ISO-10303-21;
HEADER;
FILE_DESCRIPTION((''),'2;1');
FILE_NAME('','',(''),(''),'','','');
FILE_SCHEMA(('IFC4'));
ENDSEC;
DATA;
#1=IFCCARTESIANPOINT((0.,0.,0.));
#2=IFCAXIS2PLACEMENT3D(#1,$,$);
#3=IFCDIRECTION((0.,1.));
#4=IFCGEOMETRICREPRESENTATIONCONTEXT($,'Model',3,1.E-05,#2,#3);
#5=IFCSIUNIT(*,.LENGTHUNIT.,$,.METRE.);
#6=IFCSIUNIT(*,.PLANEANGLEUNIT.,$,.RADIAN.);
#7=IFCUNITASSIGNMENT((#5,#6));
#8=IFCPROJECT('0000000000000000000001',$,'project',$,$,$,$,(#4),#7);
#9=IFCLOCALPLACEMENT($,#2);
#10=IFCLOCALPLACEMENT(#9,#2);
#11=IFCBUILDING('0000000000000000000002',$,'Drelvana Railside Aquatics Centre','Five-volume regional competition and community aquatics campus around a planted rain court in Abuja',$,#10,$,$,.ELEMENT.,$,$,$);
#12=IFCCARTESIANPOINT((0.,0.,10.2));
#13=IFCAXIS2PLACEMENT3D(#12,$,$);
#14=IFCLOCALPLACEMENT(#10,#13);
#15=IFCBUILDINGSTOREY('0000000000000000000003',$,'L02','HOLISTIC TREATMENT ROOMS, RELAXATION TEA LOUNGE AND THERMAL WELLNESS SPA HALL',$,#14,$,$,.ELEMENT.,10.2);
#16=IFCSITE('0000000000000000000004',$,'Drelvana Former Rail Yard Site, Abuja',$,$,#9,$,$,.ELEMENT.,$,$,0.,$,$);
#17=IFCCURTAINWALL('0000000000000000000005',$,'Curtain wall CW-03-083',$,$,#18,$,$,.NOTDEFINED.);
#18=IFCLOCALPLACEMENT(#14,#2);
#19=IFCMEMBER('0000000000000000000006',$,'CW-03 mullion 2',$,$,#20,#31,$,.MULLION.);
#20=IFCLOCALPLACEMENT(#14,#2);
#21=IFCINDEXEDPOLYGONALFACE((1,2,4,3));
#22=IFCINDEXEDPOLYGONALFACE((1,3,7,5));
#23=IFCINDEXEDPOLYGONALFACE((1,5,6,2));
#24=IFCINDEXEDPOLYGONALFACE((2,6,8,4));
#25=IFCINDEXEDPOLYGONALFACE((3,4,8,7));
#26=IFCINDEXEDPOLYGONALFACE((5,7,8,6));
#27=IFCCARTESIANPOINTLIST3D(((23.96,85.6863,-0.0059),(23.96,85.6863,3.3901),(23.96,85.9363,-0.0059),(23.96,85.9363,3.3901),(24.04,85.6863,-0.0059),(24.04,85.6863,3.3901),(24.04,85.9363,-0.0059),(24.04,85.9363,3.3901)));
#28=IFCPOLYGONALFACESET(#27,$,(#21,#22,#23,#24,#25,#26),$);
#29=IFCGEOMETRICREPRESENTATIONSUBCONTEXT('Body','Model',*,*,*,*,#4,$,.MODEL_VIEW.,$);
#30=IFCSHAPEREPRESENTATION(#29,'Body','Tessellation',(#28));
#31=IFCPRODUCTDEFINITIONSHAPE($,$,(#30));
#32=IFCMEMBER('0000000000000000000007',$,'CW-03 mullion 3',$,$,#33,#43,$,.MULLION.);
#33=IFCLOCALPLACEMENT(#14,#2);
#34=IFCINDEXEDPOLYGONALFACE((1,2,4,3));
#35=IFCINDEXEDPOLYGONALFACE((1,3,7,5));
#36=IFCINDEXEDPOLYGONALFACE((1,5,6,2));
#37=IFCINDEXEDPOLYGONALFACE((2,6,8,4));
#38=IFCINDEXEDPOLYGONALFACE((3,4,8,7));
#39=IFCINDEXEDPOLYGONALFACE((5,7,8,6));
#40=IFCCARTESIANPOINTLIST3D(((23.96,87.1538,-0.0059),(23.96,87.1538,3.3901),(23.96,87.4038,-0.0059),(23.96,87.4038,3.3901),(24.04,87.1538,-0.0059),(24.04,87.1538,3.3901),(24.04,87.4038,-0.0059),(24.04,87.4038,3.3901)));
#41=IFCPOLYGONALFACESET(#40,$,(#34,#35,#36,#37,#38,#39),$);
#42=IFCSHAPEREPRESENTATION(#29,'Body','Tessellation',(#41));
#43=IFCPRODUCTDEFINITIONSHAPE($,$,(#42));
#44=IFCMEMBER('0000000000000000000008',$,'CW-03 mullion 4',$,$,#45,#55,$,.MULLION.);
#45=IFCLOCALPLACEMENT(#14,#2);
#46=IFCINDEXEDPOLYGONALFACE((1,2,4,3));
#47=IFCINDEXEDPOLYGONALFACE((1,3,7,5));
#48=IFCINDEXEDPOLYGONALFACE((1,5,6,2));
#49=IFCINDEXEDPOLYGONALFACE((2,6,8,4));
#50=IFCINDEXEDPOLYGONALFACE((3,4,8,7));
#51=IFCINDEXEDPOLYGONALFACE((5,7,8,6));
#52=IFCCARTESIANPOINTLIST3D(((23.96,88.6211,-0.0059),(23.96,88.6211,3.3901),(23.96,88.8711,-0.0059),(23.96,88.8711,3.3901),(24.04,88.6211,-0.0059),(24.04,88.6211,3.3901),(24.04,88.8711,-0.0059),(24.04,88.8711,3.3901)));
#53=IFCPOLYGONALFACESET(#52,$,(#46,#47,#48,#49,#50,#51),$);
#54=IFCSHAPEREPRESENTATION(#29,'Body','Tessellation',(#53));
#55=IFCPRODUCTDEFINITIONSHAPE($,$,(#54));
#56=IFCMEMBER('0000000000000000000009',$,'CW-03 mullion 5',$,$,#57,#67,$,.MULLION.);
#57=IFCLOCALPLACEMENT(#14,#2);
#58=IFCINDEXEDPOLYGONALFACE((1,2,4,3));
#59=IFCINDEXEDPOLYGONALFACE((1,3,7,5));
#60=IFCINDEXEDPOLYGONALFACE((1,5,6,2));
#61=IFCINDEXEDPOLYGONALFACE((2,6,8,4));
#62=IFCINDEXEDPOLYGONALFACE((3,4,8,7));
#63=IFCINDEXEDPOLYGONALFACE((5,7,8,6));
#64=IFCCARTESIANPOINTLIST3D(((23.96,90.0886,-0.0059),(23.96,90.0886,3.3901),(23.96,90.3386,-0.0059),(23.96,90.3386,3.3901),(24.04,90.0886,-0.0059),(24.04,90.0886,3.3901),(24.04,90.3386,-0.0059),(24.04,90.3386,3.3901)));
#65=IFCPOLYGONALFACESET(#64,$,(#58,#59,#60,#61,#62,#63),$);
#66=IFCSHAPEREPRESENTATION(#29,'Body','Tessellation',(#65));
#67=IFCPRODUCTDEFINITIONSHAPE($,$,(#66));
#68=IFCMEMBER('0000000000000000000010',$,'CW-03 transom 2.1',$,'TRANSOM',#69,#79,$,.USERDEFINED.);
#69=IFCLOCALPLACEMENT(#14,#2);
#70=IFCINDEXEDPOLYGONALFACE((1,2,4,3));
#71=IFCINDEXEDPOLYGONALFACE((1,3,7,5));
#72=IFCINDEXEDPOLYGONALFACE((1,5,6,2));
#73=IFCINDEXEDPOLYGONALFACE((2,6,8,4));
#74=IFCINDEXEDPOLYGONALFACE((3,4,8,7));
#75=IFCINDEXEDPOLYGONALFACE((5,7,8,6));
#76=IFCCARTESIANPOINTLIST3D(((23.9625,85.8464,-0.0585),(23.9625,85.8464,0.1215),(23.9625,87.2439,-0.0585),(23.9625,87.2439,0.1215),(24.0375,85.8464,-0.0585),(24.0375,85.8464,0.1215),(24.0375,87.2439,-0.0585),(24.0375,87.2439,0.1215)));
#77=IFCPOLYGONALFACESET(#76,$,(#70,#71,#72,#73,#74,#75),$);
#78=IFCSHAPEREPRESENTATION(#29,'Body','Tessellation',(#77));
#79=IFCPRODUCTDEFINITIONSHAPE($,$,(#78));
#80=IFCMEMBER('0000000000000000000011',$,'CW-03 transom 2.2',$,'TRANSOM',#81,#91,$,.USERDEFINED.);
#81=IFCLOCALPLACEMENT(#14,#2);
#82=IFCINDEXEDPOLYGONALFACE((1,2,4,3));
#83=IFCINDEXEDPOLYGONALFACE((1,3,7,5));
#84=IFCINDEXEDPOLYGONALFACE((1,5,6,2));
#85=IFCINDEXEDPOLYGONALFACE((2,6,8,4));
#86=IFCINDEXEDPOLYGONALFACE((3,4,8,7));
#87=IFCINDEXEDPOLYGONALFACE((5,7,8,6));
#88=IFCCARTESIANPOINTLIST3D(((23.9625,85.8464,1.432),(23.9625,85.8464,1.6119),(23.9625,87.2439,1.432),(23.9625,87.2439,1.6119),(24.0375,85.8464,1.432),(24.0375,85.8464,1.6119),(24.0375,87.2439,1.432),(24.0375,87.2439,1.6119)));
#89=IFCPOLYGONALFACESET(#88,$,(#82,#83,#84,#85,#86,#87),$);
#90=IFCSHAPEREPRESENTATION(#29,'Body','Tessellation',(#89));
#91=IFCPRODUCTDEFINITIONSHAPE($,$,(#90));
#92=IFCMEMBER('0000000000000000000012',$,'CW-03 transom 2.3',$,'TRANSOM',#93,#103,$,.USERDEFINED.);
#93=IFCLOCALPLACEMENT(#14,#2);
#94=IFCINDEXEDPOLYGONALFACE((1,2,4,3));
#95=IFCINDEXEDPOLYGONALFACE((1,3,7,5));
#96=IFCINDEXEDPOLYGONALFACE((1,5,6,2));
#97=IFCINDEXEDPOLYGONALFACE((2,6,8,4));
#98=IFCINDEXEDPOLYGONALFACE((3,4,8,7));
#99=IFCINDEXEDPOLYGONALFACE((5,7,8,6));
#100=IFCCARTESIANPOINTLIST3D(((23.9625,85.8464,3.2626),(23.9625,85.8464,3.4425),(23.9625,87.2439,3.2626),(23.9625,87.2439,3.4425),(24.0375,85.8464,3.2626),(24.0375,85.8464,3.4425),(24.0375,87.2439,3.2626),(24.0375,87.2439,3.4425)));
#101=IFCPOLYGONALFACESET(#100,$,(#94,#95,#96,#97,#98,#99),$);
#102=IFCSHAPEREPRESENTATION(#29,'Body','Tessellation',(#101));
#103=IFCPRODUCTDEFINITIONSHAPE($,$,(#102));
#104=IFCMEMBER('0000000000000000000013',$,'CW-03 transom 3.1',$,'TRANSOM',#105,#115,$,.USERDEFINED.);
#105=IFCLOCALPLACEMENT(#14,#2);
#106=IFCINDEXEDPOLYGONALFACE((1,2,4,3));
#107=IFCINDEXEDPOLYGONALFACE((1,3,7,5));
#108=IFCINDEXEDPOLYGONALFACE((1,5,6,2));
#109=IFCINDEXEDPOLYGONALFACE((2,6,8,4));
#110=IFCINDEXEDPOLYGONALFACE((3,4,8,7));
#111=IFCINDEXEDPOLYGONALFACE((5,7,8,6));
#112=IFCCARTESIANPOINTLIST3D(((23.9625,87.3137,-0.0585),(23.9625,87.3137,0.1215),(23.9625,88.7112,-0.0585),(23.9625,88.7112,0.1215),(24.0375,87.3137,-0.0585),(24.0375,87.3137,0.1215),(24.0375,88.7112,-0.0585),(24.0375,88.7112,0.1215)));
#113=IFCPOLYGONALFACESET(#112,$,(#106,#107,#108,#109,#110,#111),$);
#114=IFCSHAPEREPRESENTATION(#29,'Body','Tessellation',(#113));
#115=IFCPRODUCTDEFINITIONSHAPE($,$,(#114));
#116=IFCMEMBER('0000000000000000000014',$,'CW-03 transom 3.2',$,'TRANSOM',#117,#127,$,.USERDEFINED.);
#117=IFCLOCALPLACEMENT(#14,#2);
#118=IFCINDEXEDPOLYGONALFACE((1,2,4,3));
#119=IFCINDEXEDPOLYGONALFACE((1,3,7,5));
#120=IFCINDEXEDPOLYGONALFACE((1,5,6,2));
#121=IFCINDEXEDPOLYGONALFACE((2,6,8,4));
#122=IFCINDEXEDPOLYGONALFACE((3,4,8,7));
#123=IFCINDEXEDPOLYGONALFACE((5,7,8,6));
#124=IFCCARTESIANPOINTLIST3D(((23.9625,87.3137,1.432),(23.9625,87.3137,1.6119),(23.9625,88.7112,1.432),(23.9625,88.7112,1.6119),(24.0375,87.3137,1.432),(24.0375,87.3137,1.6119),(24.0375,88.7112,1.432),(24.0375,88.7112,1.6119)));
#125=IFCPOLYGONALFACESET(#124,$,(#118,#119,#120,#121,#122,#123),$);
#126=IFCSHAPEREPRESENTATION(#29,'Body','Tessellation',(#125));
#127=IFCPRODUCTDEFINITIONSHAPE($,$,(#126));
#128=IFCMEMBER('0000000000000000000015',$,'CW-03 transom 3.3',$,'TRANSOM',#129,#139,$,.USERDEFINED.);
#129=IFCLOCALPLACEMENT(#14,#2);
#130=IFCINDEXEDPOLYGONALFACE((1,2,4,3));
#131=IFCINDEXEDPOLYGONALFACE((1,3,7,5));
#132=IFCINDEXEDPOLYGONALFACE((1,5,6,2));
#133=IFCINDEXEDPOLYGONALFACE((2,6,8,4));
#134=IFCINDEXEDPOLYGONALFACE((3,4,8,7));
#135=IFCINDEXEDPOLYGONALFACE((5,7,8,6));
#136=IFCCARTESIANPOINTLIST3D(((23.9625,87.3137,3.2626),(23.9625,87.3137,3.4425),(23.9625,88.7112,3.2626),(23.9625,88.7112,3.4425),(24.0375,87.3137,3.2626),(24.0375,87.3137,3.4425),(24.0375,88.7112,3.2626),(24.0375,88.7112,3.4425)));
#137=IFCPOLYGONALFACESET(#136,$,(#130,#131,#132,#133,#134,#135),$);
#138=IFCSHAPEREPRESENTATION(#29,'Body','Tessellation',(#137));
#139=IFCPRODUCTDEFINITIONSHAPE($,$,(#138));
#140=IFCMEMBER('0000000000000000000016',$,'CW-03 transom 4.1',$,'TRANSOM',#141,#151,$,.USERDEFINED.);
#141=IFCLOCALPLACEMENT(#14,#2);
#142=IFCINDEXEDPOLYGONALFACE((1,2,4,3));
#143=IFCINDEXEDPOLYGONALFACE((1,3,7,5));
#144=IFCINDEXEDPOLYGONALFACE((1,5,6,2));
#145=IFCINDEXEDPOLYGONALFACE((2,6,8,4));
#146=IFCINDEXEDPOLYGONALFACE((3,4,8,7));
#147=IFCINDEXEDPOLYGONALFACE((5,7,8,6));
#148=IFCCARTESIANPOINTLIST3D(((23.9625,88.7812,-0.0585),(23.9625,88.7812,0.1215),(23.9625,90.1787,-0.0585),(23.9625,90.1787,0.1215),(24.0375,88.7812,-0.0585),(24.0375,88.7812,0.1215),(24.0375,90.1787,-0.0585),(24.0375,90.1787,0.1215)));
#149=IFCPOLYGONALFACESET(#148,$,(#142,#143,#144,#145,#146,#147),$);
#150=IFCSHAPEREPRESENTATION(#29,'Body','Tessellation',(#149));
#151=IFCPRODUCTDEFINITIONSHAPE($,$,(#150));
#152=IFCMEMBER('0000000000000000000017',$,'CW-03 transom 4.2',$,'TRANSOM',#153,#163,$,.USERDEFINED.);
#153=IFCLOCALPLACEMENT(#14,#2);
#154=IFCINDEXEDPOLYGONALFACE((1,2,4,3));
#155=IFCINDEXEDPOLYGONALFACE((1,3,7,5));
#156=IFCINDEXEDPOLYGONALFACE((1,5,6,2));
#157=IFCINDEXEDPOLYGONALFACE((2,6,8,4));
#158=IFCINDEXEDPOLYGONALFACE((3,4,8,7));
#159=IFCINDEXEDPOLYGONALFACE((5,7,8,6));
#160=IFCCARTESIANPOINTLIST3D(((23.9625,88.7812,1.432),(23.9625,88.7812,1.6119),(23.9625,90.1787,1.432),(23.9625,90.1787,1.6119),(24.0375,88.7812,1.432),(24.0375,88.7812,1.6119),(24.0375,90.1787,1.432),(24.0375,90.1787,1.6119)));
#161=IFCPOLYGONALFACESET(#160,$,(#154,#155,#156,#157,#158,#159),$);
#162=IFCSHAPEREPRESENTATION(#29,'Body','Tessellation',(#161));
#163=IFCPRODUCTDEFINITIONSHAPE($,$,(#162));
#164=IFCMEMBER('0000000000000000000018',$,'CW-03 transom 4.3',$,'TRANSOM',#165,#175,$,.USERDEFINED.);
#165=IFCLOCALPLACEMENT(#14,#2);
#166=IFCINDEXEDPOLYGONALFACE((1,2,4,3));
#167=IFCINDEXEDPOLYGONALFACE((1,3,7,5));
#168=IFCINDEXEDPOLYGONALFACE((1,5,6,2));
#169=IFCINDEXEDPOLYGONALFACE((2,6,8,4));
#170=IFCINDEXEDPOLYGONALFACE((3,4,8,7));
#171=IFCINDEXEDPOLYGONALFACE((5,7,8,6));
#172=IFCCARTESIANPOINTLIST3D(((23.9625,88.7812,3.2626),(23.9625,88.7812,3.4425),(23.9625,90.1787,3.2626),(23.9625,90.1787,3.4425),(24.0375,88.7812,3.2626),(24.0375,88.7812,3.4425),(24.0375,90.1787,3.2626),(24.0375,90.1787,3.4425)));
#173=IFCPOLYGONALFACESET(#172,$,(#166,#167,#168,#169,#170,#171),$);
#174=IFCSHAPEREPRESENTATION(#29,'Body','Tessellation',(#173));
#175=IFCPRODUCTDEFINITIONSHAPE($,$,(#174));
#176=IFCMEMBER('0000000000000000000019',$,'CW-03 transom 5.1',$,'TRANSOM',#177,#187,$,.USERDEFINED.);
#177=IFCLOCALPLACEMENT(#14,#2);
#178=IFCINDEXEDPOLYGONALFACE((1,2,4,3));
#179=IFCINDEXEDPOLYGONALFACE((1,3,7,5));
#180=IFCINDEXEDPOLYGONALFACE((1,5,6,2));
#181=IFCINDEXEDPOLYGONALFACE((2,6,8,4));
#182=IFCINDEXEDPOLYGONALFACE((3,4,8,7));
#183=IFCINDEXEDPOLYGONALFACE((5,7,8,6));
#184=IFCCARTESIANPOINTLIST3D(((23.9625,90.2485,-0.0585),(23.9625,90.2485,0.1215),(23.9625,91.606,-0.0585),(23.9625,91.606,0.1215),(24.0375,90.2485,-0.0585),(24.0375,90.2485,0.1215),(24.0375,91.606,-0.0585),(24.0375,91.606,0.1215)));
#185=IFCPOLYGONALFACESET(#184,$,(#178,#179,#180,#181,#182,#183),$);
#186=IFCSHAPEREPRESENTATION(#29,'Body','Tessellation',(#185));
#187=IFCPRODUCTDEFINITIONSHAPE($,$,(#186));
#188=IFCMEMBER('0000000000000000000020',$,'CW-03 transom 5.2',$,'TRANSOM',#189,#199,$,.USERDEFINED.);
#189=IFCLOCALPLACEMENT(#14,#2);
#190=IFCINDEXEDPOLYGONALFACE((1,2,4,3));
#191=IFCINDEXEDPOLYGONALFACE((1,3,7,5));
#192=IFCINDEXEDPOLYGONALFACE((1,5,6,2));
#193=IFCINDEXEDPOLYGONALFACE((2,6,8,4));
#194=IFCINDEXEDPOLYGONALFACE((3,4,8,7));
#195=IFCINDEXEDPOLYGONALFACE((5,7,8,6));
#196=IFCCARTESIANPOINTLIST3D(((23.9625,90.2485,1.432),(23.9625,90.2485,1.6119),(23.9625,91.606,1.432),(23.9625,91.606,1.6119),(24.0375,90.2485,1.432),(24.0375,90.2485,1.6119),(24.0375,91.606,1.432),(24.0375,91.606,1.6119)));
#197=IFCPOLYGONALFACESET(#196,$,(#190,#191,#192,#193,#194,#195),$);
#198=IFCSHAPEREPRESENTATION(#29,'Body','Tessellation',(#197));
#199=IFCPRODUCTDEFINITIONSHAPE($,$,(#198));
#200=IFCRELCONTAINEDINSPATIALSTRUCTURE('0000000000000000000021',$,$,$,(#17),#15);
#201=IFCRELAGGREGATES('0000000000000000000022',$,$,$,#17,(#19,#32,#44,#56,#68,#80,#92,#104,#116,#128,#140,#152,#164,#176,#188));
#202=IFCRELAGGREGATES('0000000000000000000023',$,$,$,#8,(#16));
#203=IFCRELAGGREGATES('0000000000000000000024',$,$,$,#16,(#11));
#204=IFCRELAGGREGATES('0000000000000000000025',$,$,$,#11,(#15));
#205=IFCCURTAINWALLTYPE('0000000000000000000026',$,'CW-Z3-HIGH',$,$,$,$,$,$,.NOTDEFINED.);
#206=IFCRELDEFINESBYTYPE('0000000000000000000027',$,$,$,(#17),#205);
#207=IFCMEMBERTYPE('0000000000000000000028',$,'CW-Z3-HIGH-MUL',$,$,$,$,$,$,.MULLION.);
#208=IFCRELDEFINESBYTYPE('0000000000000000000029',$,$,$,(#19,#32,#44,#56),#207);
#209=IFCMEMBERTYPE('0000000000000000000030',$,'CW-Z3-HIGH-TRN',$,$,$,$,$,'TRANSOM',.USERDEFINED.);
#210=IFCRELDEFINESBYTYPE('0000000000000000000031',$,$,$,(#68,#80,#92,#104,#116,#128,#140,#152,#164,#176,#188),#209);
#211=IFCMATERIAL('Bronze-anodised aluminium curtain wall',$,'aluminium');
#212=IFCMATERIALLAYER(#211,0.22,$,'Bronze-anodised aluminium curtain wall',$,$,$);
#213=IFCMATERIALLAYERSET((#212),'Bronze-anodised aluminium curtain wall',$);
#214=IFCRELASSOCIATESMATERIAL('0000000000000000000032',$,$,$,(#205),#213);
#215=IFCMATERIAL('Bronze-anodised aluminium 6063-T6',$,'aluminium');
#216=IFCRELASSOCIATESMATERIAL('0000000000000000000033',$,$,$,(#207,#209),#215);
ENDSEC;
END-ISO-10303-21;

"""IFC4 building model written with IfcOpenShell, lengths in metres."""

from ifc_helpers import new_model, si_unit, direction, frame, origin, origin_2d, place, context, subcontext, project, spatial, rectangle, extrude, material, layer, layer_set, material_profile, profile_set, type_object, element, aggregate, save


model = new_model("IFC4")

# Units and contexts
model_context = context("Model", 3, precision=1e-05, world=origin(), true_north=direction((0.0, 1.0)))
body_context = subcontext(model_context, "Body", "Model", "MODEL_VIEW")
ifc_project = project(units=[si_unit("LENGTHUNIT", "METRE"), si_unit("PLANEANGLEUNIT", "RADIAN")], contexts=[model_context])

# Site, building, storey
site_placement = place(None, origin())
site = spatial("IfcSite", under=ifc_project, at=site_placement, Name="Drelvana Former Rail Yard Site, Abuja", CompositionType="ELEMENT", RefElevation=0.0)
building_placement = place(site_placement, origin())
building = spatial("IfcBuilding", under=site, at=building_placement, Name="Drelvana Railside Aquatics Centre", Description="Five-volume regional competition and community aquatics campus around a planted rain court in Abuja", CompositionType="ELEMENT")
storey_placement = place(building_placement, frame((0.0, 0.0, 10.2)))
storey = spatial("IfcBuildingStorey", under=building, at=storey_placement, Name="L02", Description="HOLISTIC TREATMENT ROOMS, RELAXATION TEA LOUNGE AND THERMAL WELLNESS SPA HALL", CompositionType="ELEMENT", Elevation=10.2)

# Curtain wall, members
ifc_material_1 = material(Name="Bronze-anodised aluminium curtain wall", Category="aluminium")
ifc_layer_1 = layer(ifc_material_1, 0.22, Name="Bronze-anodised aluminium curtain wall")
ifc_layer_set_1 = layer_set([ifc_layer_1], Name="Bronze-anodised aluminium curtain wall")
curtain_wall_type = type_object("IfcCurtainWallType", Name="CW-Z3-HIGH", PredefinedType="NOTDEFINED", material=ifc_layer_set_1)
curtain_wall_placement = place(storey_placement, origin())
curtain_wall = element("IfcCurtainWall", 1, at=curtain_wall_placement, inside=storey, type_object=curtain_wall_type, Name="Curtain wall CW-03-083", PredefinedType="NOTDEFINED")
ifc_material_2 = material(Name="Bronze-anodised aluminium 6063-T6", Category="aluminium")
ifc_material_profile_1 = material_profile(ifc_material_2, rectangle(XDim=0.0801, YDim=0.25, at=origin_2d()), Name="ALU-M 80x250")
ifc_profile_set_1 = profile_set([ifc_material_profile_1], Name="Bronze-anodised aluminium 6063-T6")
member_type_1 = type_object("IfcMemberType", Name="CW-Z3-HIGH-MUL", PredefinedType="MULLION", material=ifc_profile_set_1)
member_1_placement = place(storey_placement, frame((24.0, 85.8113, -0.0059), z_axis=(0.0, 0.0, 1.0), x_axis=(-1.0, 0.0, 0.0)))
member_1 = element("IfcMember", 2, at=member_1_placement, type_object=member_type_1, Name="CW-03 mullion 2", PredefinedType="MULLION", context=body_context, shape_type="SweptSolid", body=[
    extrude(rectangle(XDim=0.0801, YDim=0.25, at=origin_2d()), origin(), (0.0, 0.0, 1.0), 3.396),
])
member_2_placement = place(storey_placement, frame((24.0, 87.2788, -0.0059), z_axis=(0.0, 0.0, 1.0), x_axis=(-1.0, 0.0, 0.0)))
member_2 = element("IfcMember", 3, at=member_2_placement, type_object=member_type_1, Name="CW-03 mullion 3", PredefinedType="MULLION", context=body_context, shape_type="SweptSolid", body=[
    extrude(rectangle(XDim=0.0801, YDim=0.25, at=origin_2d()), origin(), (0.0, 0.0, 1.0), 3.396),
])
member_3_placement = place(storey_placement, frame((24.0, 88.7461, -0.0059), z_axis=(0.0, 0.0, 1.0), x_axis=(-1.0, 0.0, 0.0)))
member_3 = element("IfcMember", 4, at=member_3_placement, type_object=member_type_1, Name="CW-03 mullion 4", PredefinedType="MULLION", context=body_context, shape_type="SweptSolid", body=[
    extrude(rectangle(XDim=0.0801, YDim=0.25, at=origin_2d()), origin(), (0.0, 0.0, 1.0), 3.396),
])
member_4_placement = place(storey_placement, frame((24.0, 90.2136, -0.0059), z_axis=(0.0, 0.0, 1.0), x_axis=(-1.0, 0.0, 0.0)))
member_4 = element("IfcMember", 5, at=member_4_placement, type_object=member_type_1, Name="CW-03 mullion 5", PredefinedType="MULLION", context=body_context, shape_type="SweptSolid", body=[
    extrude(rectangle(XDim=0.0801, YDim=0.25, at=origin_2d()), origin(), (0.0, 0.0, 1.0), 3.396),
])
ifc_material_profile_2 = material_profile(ifc_material_2, rectangle(XDim=0.1799, YDim=0.075, at=origin_2d()), Name="ALU-T 75x180")
ifc_profile_set_2 = profile_set([ifc_material_profile_2], Name="Bronze-anodised aluminium 6063-T6")
member_type_2 = type_object("IfcMemberType", Name="CW-Z3-HIGH-TRN", ElementType="TRANSOM", PredefinedType="USERDEFINED", material=ifc_profile_set_2)
member_5_placement = place(storey_placement, frame((24.0, 85.8464, 0.0315), z_axis=(0.0, 1.0, 0.0), x_axis=(0.0, 0.0, 1.0)))
member_5 = element("IfcMember", 6, at=member_5_placement, type_object=member_type_2, Name="CW-03 transom 2.1", ObjectType="TRANSOM", PredefinedType="USERDEFINED", context=body_context, shape_type="SweptSolid", body=[
    extrude(rectangle(XDim=0.1799, YDim=0.075, at=origin_2d()), origin(), (0.0, 0.0, 1.0), 1.3975),
])
member_6_placement = place(storey_placement, frame((24.0, 85.8464, 1.522), z_axis=(0.0, 1.0, 0.0), x_axis=(0.0, 0.0, 1.0)))
member_6 = element("IfcMember", 7, at=member_6_placement, type_object=member_type_2, Name="CW-03 transom 2.2", ObjectType="TRANSOM", PredefinedType="USERDEFINED", context=body_context, shape_type="SweptSolid", body=[
    extrude(rectangle(XDim=0.1799, YDim=0.075, at=origin_2d()), origin(), (0.0, 0.0, 1.0), 1.3975),
])
member_7_placement = place(storey_placement, frame((24.0, 85.8464, 3.3525), z_axis=(0.0, 1.0, 0.0), x_axis=(0.0, 0.0, 1.0)))
member_7 = element("IfcMember", 8, at=member_7_placement, type_object=member_type_2, Name="CW-03 transom 2.3", ObjectType="TRANSOM", PredefinedType="USERDEFINED", context=body_context, shape_type="SweptSolid", body=[
    extrude(rectangle(XDim=0.1799, YDim=0.075, at=origin_2d()), origin(), (0.0, 0.0, 1.0), 1.3975),
])
member_8_placement = place(storey_placement, frame((24.0, 87.3137, 0.0315), z_axis=(0.0, 1.0, 0.0), x_axis=(0.0, 0.0, 1.0)))
member_8 = element("IfcMember", 9, at=member_8_placement, type_object=member_type_2, Name="CW-03 transom 3.1", ObjectType="TRANSOM", PredefinedType="USERDEFINED", context=body_context, shape_type="SweptSolid", body=[
    extrude(rectangle(XDim=0.1799, YDim=0.075, at=origin_2d()), origin(), (0.0, 0.0, 1.0), 1.3975),
])
member_9_placement = place(storey_placement, frame((24.0, 87.3137, 1.522), z_axis=(0.0, 1.0, 0.0), x_axis=(0.0, 0.0, 1.0)))
member_9 = element("IfcMember", 10, at=member_9_placement, type_object=member_type_2, Name="CW-03 transom 3.2", ObjectType="TRANSOM", PredefinedType="USERDEFINED", context=body_context, shape_type="SweptSolid", body=[
    extrude(rectangle(XDim=0.1799, YDim=0.075, at=origin_2d()), origin(), (0.0, 0.0, 1.0), 1.3975),
])
member_10_placement = place(storey_placement, frame((24.0, 87.3137, 3.3525), z_axis=(0.0, 1.0, 0.0), x_axis=(0.0, 0.0, 1.0)))
member_10 = element("IfcMember", 11, at=member_10_placement, type_object=member_type_2, Name="CW-03 transom 3.3", ObjectType="TRANSOM", PredefinedType="USERDEFINED", context=body_context, shape_type="SweptSolid", body=[
    extrude(rectangle(XDim=0.1799, YDim=0.075, at=origin_2d()), origin(), (0.0, 0.0, 1.0), 1.3975),
])
member_11_placement = place(storey_placement, frame((24.0, 88.7812, 0.0315), z_axis=(0.0, 1.0, 0.0), x_axis=(0.0, 0.0, 1.0)))
member_11 = element("IfcMember", 12, at=member_11_placement, type_object=member_type_2, Name="CW-03 transom 4.1", ObjectType="TRANSOM", PredefinedType="USERDEFINED", context=body_context, shape_type="SweptSolid", body=[
    extrude(rectangle(XDim=0.1799, YDim=0.075, at=origin_2d()), origin(), (0.0, 0.0, 1.0), 1.3975),
])
member_12_placement = place(storey_placement, frame((24.0, 88.7812, 1.522), z_axis=(0.0, 1.0, 0.0), x_axis=(0.0, 0.0, 1.0)))
member_12 = element("IfcMember", 13, at=member_12_placement, type_object=member_type_2, Name="CW-03 transom 4.2", ObjectType="TRANSOM", PredefinedType="USERDEFINED", context=body_context, shape_type="SweptSolid", body=[
    extrude(rectangle(XDim=0.1799, YDim=0.075, at=origin_2d()), origin(), (0.0, 0.0, 1.0), 1.3975),
])
member_13_placement = place(storey_placement, frame((24.0, 88.7812, 3.3525), z_axis=(0.0, 1.0, 0.0), x_axis=(0.0, 0.0, 1.0)))
member_13 = element("IfcMember", 14, at=member_13_placement, type_object=member_type_2, Name="CW-03 transom 4.3", ObjectType="TRANSOM", PredefinedType="USERDEFINED", context=body_context, shape_type="SweptSolid", body=[
    extrude(rectangle(XDim=0.1799, YDim=0.075, at=origin_2d()), origin(), (0.0, 0.0, 1.0), 1.3975),
])
member_14_placement = place(storey_placement, frame((24.0, 90.2485, 0.0315), z_axis=(0.0, 1.0, 0.0), x_axis=(0.0, 0.0, 1.0)))
member_14 = element("IfcMember", 15, at=member_14_placement, type_object=member_type_2, Name="CW-03 transom 5.1", ObjectType="TRANSOM", PredefinedType="USERDEFINED", context=body_context, shape_type="SweptSolid", body=[
    extrude(rectangle(XDim=0.1799, YDim=0.075, at=origin_2d()), origin(), (0.0, 0.0, 1.0), 1.3574),
])
member_15_placement = place(storey_placement, frame((24.0, 90.2485, 1.522), z_axis=(0.0, 1.0, 0.0), x_axis=(0.0, 0.0, 1.0)))
member_15 = element("IfcMember", 16, at=member_15_placement, type_object=member_type_2, Name="CW-03 transom 5.2", ObjectType="TRANSOM", PredefinedType="USERDEFINED", context=body_context, shape_type="SweptSolid", body=[
    extrude(rectangle(XDim=0.1799, YDim=0.075, at=origin_2d()), origin(), (0.0, 0.0, 1.0), 1.3574),
])
aggregate(curtain_wall, [member_1, member_2, member_3, member_4, member_5, member_6, member_7, member_8, member_9, member_10, member_11, member_12, member_13, member_14, member_15])

save(model, "model.ifc")
